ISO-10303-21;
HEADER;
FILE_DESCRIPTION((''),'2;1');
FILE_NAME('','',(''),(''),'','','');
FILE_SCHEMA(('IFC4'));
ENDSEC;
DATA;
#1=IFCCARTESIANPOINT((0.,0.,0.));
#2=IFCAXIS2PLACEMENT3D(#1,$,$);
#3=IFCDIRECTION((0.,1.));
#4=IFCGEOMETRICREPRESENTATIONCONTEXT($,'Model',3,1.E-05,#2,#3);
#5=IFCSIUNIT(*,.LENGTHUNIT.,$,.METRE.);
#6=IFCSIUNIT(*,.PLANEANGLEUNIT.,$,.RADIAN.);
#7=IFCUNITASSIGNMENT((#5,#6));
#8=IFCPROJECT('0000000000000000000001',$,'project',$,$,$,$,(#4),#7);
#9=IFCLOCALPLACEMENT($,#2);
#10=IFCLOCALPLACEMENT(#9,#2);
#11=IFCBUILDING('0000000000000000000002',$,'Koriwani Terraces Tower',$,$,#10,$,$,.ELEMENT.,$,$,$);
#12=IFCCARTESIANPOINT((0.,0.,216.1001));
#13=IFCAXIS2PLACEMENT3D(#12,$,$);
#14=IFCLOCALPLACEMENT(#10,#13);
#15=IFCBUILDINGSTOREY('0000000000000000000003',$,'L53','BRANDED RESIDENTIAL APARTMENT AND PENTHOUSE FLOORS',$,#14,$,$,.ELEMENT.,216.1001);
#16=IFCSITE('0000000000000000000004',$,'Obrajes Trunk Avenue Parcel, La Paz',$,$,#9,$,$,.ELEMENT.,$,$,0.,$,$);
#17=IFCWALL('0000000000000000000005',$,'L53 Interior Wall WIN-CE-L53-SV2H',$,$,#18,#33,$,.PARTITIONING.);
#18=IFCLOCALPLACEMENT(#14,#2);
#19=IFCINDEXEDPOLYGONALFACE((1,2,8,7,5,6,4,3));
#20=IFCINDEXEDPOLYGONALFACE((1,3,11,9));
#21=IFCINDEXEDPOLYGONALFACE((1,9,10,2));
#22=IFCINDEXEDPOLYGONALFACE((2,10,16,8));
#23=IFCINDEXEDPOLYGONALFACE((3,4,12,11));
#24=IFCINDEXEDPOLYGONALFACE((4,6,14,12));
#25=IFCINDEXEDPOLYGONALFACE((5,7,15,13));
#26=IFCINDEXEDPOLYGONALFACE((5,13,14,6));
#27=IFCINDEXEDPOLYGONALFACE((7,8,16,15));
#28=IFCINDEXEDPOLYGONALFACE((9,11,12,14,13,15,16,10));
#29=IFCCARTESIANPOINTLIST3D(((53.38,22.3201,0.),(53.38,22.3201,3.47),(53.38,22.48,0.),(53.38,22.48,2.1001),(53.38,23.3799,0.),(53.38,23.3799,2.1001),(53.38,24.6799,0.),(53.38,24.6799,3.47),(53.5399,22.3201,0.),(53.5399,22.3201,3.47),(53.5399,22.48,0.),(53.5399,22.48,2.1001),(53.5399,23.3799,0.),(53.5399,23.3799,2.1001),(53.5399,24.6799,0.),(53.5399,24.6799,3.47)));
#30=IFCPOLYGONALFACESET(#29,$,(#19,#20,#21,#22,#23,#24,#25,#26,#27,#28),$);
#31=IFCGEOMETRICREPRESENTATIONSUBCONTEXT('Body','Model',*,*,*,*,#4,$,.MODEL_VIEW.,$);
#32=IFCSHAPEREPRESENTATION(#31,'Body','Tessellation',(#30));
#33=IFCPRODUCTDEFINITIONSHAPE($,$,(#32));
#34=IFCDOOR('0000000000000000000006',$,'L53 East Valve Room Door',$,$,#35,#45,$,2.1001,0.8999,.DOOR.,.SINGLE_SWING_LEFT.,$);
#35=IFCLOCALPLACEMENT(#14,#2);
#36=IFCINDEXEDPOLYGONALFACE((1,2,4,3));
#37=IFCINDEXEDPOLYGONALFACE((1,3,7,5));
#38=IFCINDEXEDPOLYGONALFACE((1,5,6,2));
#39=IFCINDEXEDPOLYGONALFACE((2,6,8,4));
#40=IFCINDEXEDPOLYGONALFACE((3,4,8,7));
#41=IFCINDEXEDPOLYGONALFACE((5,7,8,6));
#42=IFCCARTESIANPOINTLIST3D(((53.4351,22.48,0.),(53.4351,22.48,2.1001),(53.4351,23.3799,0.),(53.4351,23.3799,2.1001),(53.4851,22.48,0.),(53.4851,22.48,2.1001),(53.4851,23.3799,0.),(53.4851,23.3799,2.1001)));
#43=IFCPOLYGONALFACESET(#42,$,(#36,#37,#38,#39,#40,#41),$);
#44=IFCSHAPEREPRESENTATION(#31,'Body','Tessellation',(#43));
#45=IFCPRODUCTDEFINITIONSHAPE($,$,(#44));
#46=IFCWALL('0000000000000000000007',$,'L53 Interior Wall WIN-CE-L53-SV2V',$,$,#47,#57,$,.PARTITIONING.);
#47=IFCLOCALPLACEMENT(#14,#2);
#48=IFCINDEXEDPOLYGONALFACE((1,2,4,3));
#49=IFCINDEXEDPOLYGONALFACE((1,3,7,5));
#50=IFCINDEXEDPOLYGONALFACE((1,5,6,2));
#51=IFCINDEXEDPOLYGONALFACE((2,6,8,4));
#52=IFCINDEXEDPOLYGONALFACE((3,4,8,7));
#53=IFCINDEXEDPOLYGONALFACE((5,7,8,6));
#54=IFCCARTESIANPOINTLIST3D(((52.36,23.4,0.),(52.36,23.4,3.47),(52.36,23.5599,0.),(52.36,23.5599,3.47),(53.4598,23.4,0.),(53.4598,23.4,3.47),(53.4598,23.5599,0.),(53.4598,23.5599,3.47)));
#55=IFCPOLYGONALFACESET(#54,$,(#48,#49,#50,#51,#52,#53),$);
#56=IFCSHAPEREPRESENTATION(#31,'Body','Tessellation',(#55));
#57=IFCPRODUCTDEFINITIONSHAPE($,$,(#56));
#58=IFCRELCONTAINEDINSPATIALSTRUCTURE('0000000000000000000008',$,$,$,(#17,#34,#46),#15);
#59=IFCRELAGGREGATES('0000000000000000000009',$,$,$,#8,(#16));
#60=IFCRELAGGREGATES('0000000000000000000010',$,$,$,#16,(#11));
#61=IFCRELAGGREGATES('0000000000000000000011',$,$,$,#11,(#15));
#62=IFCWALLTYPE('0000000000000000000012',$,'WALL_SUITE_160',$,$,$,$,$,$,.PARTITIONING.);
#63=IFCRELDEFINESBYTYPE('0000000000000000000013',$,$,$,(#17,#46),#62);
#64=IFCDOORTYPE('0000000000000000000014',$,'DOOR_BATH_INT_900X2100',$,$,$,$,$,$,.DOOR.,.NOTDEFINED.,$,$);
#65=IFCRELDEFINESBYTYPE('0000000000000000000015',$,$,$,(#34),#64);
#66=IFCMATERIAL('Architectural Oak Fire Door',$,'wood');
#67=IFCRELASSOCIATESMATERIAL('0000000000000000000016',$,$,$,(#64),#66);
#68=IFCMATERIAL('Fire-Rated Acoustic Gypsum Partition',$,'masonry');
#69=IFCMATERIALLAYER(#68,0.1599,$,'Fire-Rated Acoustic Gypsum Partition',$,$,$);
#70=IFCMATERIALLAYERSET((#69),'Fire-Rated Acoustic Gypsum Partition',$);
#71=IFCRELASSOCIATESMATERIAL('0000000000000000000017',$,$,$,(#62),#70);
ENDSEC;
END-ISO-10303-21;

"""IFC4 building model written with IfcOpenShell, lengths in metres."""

from ifc_helpers import new_model, si_unit, direction, frame, frame_2d, origin, place, context, subcontext, project, spatial, rectangle, extrude, material, layer, layer_set, type_object, element, fill, save


model = new_model("IFC4")

# Units and contexts
model_context = context("Model", 3, precision=1e-05, world=origin(), true_north=direction((0.0, 1.0)))
body_context = subcontext(model_context, "Body", "Model", "MODEL_VIEW")
ifc_project = project(units=[si_unit("LENGTHUNIT", "METRE"), si_unit("PLANEANGLEUNIT", "RADIAN")], contexts=[model_context])

# Site, building, storey
site_placement = place(None, origin())
site = spatial("IfcSite", under=ifc_project, at=site_placement, Name="Obrajes Trunk Avenue Parcel, La Paz", CompositionType="ELEMENT", RefElevation=0.0)
building_placement = place(site_placement, origin())
building = spatial("IfcBuilding", under=site, at=building_placement, Name="Koriwani Terraces Tower", CompositionType="ELEMENT")
storey_placement = place(building_placement, frame((0.0, 0.0, 216.1001)))
storey = spatial("IfcBuildingStorey", under=building, at=storey_placement, Name="L53", Description="BRANDED RESIDENTIAL APARTMENT AND PENTHOUSE FLOORS", CompositionType="ELEMENT", Elevation=216.1001)

# Shared definitions
ifc_material_1 = material(Name="Architectural Oak Fire Door", Category="wood")

# Shared definitions
ifc_material_2 = material(Name="Fire-Rated Acoustic Gypsum Partition", Category="masonry")
door_type_1 = type_object("IfcDoorType", Name="DOOR_BATH_INT_900X2100", OperationType="NOTDEFINED", PredefinedType="DOOR", material=ifc_material_1)

# Wall, opening, door
ifc_layer_1 = layer(ifc_material_2, 0.1599, Name="Fire-Rated Acoustic Gypsum Partition")
ifc_layer_set_1 = layer_set([ifc_layer_1], Name="Fire-Rated Acoustic Gypsum Partition")
wall_type_1 = type_object("IfcWallType", Name="WALL_SUITE_160", PredefinedType="PARTITIONING", material=ifc_layer_set_1)
wall_1_placement = place(storey_placement, frame((53.46, 22.3201, 0.0), z_axis=(0.0, 0.0, 1.0), x_axis=(0.0, 1.0, 0.0)))
wall_1 = element("IfcWall", 1, at=wall_1_placement, inside=storey, type_object=wall_type_1, Name="L53 Interior Wall WIN-CE-L53-SV2H", PredefinedType="PARTITIONING", context=body_context, shape_type="SweptSolid", body=[
    extrude(rectangle(XDim=2.3599, YDim=0.1599, at=frame_2d((1.1799, 0.0))), origin(), (0.0, 0.0, 1.0), 3.47),
])
opening_1_placement = place(wall_1_placement, frame((0.1599, 0.0, 0.0)))
opening_1 = element("IfcOpeningElement", 2, at=opening_1_placement, cuts=wall_1, PredefinedType="OPENING", context=body_context, shape_type="SweptSolid", body=[
    extrude(rectangle(XDim=0.8999, YDim=2.1001, at=frame_2d((0.45, 1.05))), frame((0.0, 0.0898, 0.0), z_axis=(0.0, -1.0, 0.0), x_axis=(1.0, 0.0, 0.0)), (0.0, 0.0, 1.0), 0.1799),
])
door_1_placement = place(opening_1_placement, origin())
door_1 = element("IfcDoor", 3, at=door_1_placement, inside=storey, type_object=door_type_1, Name="L53 East Valve Room Door", OperationType="SINGLE_SWING_LEFT", OverallHeight=2.1001, OverallWidth=0.8999, PredefinedType="DOOR", context=body_context, shape_type="SweptSolid", body=[
    extrude(rectangle(XDim=0.8999, YDim=2.1001, at=frame_2d((0.45, 1.05))), frame((0.0, 0.0249, 0.0), z_axis=(0.0, -1.0, 0.0), x_axis=(1.0, 0.0, 0.0)), (0.0, 0.0, 1.0), 0.05),
])
fill(opening_1, door_1)

# Wall
wall_2_placement = place(storey_placement, frame((52.3601, 23.48, 0.0), z_axis=(0.0, 0.0, 1.0), x_axis=(1.0, 0.0, 0.0)))
element("IfcWall", 4, at=wall_2_placement, inside=storey, type_object=wall_type_1, Name="L53 Interior Wall WIN-CE-L53-SV2V", PredefinedType="PARTITIONING", context=body_context, shape_type="SweptSolid", body=[
    extrude(rectangle(XDim=1.0999, YDim=0.1599, at=frame_2d((0.5498, 0.0))), origin(), (0.0, 0.0, 1.0), 3.47),
])

save(model, "model.ifc")
